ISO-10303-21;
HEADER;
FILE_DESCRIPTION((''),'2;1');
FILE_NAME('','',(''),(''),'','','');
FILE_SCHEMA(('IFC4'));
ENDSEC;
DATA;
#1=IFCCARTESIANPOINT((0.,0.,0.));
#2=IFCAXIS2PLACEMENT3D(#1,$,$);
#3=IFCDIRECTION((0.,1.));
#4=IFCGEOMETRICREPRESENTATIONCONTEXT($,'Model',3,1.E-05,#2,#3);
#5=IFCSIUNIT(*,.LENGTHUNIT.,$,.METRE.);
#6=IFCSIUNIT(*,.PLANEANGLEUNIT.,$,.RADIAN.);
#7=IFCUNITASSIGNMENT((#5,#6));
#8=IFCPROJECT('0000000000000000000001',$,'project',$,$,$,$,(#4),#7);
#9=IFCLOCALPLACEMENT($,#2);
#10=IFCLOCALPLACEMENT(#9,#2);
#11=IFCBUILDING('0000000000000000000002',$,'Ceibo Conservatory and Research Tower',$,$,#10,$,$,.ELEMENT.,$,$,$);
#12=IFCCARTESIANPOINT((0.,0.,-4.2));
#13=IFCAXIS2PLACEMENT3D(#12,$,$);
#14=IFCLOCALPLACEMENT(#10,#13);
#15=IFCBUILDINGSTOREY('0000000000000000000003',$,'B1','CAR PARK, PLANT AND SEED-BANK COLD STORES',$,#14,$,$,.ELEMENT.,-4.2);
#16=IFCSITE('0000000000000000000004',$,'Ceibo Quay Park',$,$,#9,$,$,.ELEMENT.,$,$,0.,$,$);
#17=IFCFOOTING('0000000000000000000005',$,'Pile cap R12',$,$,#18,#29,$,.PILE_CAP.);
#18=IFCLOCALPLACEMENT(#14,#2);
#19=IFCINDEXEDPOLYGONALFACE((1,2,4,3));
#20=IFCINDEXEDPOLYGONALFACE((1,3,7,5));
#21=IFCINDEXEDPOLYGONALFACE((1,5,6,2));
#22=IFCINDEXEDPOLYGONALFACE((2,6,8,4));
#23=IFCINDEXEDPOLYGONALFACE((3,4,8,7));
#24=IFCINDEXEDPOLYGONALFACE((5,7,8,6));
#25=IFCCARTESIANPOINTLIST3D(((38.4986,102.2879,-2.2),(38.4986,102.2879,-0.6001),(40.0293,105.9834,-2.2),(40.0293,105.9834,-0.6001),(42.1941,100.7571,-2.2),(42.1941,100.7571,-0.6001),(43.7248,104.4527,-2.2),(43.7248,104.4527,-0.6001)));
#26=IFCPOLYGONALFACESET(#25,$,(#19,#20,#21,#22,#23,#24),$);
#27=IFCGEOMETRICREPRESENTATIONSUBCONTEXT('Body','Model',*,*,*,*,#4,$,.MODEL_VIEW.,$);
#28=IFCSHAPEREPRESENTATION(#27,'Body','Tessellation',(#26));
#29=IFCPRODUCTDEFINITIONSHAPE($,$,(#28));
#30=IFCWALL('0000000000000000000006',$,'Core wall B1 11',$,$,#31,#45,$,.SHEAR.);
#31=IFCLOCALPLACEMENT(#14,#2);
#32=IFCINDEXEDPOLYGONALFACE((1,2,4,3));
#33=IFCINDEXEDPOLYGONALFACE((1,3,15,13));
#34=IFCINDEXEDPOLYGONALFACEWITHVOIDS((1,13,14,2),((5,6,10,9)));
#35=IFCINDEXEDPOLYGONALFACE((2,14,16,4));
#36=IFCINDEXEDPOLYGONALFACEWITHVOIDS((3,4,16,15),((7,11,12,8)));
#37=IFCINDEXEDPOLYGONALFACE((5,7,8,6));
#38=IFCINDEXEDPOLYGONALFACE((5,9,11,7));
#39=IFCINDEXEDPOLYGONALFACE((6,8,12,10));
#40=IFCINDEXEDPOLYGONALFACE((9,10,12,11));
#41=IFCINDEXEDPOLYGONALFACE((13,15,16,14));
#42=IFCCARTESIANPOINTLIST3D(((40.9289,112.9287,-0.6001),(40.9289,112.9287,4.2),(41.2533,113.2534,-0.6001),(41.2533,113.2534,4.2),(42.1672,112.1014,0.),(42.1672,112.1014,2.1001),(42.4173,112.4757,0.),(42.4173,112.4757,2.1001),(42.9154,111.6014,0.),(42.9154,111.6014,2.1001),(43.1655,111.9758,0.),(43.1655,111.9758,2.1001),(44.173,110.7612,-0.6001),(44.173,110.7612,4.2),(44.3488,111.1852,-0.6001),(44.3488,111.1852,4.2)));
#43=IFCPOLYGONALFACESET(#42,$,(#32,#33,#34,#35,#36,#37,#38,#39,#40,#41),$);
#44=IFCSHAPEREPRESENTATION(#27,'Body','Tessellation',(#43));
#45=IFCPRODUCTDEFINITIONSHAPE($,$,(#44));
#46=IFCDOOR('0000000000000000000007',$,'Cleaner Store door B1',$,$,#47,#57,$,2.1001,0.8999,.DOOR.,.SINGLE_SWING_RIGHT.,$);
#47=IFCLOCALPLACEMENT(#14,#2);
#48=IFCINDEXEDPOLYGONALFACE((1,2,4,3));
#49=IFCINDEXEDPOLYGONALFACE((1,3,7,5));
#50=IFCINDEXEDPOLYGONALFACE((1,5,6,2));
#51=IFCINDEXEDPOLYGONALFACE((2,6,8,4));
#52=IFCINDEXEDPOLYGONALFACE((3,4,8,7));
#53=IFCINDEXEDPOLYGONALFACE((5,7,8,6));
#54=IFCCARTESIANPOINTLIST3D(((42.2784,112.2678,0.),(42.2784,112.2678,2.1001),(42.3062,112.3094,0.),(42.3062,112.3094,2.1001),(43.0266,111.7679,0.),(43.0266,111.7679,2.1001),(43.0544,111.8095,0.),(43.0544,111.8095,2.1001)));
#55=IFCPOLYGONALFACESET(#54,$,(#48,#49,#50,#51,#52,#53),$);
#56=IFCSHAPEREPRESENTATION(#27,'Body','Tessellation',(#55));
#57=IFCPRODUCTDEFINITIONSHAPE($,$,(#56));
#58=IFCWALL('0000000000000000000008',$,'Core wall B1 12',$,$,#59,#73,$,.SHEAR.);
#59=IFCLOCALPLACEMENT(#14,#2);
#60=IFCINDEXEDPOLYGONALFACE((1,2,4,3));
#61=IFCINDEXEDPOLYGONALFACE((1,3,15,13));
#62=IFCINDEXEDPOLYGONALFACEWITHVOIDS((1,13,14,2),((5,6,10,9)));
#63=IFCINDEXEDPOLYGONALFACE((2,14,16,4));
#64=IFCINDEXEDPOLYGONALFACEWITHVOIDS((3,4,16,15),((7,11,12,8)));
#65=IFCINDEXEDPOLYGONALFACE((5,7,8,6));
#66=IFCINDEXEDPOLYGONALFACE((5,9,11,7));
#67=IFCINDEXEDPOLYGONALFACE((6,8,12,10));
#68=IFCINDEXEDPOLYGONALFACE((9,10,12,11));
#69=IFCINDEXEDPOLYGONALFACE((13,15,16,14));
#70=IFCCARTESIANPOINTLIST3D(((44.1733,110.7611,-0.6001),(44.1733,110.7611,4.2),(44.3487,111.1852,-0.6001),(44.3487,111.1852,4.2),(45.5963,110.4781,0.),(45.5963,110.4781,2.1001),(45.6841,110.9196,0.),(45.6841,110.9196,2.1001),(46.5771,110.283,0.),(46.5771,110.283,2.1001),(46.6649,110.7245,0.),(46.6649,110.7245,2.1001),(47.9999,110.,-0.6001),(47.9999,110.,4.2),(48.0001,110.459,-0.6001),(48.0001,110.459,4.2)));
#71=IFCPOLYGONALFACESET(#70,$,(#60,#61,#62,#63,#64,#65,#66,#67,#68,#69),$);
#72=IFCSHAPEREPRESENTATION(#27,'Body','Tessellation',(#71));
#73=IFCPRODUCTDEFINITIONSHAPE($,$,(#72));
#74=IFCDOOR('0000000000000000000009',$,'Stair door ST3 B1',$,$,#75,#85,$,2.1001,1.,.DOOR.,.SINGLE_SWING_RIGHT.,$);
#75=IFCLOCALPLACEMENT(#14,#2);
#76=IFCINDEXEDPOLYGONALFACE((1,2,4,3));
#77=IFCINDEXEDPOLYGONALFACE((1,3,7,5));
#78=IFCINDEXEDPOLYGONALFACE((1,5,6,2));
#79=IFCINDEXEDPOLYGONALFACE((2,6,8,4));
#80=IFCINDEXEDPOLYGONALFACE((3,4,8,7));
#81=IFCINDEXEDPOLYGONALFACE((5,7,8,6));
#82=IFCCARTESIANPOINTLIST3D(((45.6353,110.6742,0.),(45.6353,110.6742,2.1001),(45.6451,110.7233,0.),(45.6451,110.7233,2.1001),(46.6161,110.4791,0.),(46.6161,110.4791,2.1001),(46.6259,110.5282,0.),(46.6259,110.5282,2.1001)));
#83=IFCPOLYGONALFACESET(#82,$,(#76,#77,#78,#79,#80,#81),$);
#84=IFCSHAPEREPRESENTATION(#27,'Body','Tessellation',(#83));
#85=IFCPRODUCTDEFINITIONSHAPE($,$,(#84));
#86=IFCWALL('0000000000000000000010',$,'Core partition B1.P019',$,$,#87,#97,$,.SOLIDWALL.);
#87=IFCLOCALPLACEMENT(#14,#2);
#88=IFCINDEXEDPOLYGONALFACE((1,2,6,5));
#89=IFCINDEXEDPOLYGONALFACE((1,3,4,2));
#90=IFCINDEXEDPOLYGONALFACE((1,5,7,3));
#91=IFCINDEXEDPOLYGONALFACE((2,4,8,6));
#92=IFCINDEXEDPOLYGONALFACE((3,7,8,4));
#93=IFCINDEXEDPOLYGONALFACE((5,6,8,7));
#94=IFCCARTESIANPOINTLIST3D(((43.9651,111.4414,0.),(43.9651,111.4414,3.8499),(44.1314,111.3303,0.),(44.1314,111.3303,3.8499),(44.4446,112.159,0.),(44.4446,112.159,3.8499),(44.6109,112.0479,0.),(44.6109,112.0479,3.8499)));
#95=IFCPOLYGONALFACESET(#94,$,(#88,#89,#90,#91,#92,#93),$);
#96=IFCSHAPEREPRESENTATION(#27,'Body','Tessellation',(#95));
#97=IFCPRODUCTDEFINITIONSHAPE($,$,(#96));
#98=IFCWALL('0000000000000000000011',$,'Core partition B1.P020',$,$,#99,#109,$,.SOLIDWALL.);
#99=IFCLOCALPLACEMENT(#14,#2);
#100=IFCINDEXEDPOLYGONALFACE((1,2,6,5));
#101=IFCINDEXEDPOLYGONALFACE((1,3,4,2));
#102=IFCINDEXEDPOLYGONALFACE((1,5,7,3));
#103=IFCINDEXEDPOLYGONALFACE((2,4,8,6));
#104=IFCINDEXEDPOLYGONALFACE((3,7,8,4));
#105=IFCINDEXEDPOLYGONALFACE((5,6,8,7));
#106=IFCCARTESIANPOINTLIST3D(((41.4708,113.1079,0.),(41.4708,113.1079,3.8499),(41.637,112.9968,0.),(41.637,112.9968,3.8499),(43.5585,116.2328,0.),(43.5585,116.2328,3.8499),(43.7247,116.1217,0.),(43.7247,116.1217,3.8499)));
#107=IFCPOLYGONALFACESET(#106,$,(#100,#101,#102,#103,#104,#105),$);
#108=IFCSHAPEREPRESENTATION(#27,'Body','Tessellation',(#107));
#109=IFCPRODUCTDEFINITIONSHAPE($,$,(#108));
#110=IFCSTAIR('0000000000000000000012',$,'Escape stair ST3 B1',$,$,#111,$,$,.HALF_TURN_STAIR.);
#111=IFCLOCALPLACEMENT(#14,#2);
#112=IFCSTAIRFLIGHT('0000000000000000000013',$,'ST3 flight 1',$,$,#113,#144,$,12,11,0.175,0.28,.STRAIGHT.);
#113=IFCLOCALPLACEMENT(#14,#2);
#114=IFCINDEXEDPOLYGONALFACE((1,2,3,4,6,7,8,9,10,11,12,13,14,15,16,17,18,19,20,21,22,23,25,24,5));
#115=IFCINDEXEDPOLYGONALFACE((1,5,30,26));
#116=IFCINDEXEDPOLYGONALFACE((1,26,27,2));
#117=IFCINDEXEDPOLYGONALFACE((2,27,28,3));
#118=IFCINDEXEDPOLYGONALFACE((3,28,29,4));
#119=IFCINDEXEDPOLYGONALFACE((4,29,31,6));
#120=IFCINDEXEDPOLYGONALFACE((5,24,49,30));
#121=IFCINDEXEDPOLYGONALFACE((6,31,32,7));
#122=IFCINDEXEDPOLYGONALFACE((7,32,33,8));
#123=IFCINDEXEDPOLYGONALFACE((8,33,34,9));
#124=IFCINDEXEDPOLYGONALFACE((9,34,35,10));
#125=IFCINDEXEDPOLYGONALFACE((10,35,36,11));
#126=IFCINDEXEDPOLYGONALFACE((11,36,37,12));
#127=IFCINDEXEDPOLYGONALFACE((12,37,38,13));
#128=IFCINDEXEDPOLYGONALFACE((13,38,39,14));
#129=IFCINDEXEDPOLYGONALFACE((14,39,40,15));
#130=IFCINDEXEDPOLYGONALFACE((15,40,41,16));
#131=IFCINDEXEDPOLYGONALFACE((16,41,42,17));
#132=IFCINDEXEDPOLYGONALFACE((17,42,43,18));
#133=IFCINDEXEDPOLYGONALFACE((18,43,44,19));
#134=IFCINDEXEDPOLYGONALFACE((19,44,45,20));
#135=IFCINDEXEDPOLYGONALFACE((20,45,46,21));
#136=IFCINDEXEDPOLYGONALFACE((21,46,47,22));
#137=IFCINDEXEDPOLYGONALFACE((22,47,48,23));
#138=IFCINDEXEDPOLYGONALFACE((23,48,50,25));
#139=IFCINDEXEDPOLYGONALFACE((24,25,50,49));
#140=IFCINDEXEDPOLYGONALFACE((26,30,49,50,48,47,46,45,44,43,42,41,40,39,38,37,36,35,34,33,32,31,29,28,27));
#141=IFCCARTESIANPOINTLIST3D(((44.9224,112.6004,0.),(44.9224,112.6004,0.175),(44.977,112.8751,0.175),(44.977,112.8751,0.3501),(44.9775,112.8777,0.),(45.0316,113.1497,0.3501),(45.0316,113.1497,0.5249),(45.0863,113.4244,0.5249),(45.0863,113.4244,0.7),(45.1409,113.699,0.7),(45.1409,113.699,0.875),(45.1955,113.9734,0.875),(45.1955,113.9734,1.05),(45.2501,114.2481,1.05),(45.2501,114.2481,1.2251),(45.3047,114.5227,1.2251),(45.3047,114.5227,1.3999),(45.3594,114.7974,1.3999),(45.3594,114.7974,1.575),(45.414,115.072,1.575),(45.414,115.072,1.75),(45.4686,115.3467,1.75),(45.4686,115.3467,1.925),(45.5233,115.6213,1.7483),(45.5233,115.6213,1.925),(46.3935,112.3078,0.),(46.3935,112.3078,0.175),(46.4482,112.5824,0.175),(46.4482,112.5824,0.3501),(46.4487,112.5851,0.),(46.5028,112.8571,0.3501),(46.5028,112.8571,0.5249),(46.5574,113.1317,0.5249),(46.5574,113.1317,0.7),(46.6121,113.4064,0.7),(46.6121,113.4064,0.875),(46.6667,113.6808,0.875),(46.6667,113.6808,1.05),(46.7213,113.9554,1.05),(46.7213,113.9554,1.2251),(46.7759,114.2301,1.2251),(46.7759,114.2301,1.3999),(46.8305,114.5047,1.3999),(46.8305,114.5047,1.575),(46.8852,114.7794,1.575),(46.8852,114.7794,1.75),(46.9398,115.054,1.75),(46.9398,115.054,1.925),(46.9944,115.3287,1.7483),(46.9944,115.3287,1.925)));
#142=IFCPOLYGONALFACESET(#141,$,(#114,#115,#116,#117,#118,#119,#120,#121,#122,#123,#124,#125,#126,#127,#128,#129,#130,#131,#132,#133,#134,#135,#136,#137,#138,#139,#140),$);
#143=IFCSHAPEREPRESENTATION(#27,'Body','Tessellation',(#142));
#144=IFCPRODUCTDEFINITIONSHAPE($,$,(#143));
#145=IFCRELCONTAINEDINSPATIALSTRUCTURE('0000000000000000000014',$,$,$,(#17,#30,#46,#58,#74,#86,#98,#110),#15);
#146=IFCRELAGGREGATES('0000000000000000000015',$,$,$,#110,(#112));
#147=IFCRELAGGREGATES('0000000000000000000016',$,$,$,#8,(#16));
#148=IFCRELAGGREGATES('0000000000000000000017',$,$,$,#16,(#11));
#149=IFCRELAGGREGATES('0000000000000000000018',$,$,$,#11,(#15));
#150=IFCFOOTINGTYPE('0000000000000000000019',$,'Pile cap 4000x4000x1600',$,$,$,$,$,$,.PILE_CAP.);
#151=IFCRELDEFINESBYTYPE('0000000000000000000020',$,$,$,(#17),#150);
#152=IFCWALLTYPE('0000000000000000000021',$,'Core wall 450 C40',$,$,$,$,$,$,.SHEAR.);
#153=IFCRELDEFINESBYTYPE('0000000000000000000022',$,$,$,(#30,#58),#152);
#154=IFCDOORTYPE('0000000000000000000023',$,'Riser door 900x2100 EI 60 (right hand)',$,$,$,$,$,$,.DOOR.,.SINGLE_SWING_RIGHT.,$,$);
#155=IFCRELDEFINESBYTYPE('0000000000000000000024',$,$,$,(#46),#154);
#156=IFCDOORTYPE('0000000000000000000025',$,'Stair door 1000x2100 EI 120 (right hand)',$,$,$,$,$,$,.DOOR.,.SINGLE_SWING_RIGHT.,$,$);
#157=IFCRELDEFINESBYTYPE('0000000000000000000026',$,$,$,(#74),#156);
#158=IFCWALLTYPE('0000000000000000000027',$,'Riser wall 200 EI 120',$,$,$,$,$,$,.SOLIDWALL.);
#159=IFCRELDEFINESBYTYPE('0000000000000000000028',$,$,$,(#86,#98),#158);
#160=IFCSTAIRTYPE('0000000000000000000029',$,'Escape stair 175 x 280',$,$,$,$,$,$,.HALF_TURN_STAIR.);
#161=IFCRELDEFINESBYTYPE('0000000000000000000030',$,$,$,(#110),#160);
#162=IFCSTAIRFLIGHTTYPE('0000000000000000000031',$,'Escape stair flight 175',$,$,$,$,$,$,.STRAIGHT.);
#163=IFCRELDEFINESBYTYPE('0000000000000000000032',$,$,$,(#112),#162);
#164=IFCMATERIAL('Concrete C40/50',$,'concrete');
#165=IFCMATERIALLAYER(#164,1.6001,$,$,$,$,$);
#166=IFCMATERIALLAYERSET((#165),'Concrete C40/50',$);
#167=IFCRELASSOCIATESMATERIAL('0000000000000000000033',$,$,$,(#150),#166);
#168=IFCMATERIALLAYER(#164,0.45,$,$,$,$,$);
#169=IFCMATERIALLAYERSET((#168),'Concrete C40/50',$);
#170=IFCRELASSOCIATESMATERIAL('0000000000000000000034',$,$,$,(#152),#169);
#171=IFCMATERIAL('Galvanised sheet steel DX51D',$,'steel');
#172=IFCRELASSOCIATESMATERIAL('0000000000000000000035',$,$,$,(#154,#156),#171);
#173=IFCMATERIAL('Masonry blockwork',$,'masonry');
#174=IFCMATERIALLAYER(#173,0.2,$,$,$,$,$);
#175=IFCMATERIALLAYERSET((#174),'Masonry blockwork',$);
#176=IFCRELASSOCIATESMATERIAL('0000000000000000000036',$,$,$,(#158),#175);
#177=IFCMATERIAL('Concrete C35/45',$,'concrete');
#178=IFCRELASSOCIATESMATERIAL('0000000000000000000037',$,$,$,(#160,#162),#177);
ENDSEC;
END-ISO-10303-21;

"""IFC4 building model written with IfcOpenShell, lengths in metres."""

from ifc_helpers import new_model, si_unit, direction, frame, frame_2d, origin, place, context, subcontext, project, spatial, polyline, rectangle, outline, extrude, material, layer, layer_set, type_object, element, fill, aggregate, save


model = new_model("IFC4")

# Units and contexts
model_context = context("Model", 3, precision=1e-05, world=origin(), true_north=direction((0.0, 1.0)))
body_context = subcontext(model_context, "Body", "Model", "MODEL_VIEW")
ifc_project = project(units=[si_unit("LENGTHUNIT", "METRE"), si_unit("PLANEANGLEUNIT", "RADIAN")], contexts=[model_context])

# Site, building, storey
site_placement = place(None, origin())
site = spatial("IfcSite", under=ifc_project, at=site_placement, Name="Ceibo Quay Park", CompositionType="ELEMENT", RefElevation=0.0)
building_placement = place(site_placement, origin())
building = spatial("IfcBuilding", under=site, at=building_placement, Name="Ceibo Conservatory and Research Tower", CompositionType="ELEMENT")
storey_placement = place(building_placement, frame((0.0, 0.0, -4.2)))
storey = spatial("IfcBuildingStorey", under=building, at=storey_placement, Name="B1", Description="CAR PARK, PLANT AND SEED-BANK COLD STORES", CompositionType="ELEMENT", Elevation=-4.2)

# Shared definitions
ifc_material_1 = material(Name="Concrete C35/45", Category="concrete")

# Footing
ifc_material_2 = material(Name="Concrete C40/50", Category="concrete")
ifc_layer_1 = layer(ifc_material_2, 1.6001)
ifc_layer_set_1 = layer_set([ifc_layer_1], Name="Concrete C40/50")
footing_type = type_object("IfcFootingType", Name="Pile cap 4000x4000x1600", PredefinedType="PILE_CAP", material=ifc_layer_set_1)
footing_placement = place(storey_placement, frame((40.0293, 105.9834, -2.2), z_axis=(0.0, 0.0, 1.0), x_axis=(-0.382684, -0.92388, 0.0)))
element("IfcFooting", 1, at=footing_placement, inside=storey, type_object=footing_type, Name="Pile cap R12", PredefinedType="PILE_CAP", context=body_context, shape_type="SweptSolid", body=[
    extrude(outline(polyline([(0.0, 0.0), (4.0, 0.0), (4.0, 4.0), (0.0, 4.0), (0.0, 0.0)])), origin(), (0.0, 0.0, 1.0), 1.5999),
])

# Walls, openings, doors
ifc_layer_2 = layer(ifc_material_2, 0.45)
ifc_layer_set_2 = layer_set([ifc_layer_2], Name="Concrete C40/50")
wall_type_1 = type_object("IfcWallType", Name="Core wall 450 C40", PredefinedType="SHEAR", material=ifc_layer_set_2)
wall_1_placement = place(storey_placement, frame((41.0911, 113.0911, -0.6001), z_axis=(0.0, 0.0, 1.0), x_axis=(0.831488, -0.555542, 0.0)))
wall_1 = element("IfcWall", 2, at=wall_1_placement, inside=storey, type_object=wall_type_1, Name="Core wall B1 11", PredefinedType="SHEAR", context=body_context, shape_type="SweptSolid", body=[
    extrude(outline(polyline([(-0.0447, -0.2251), (3.8569, -0.2251), (3.7676, 0.2251), (0.0447, 0.2251), (-0.0447, -0.2251)])), origin(), (0.0, 0.0, 1.0), 4.8),
])
opening_1_placement = place(wall_1_placement, frame((1.4446, 0.0, 0.6001)))
opening_1 = element("IfcOpeningElement", 3, at=opening_1_placement, cuts=wall_1, PredefinedType="OPENING", context=body_context, shape_type="SweptSolid", body=[
    extrude(rectangle(XDim=0.8999, YDim=2.1001, at=frame_2d((0.45, 1.05))), frame((0.0, 0.2349, 0.0), z_axis=(0.0, -1.0, 0.0), x_axis=(1.0, 0.0, 0.0)), (0.0, 0.0, 1.0), 0.47),
])
ifc_material_3 = material(Name="Galvanised sheet steel DX51D", Category="steel")
door_type_1 = type_object("IfcDoorType", Name="Riser door 900x2100 EI 60 (right hand)", OperationType="SINGLE_SWING_RIGHT", PredefinedType="DOOR", material=ifc_material_3)
door_1_placement = place(opening_1_placement, frame((0.8999, 0.0, 0.0), z_axis=(0.0, 0.0, 1.0), x_axis=(-1.0, 0.0, 0.0)))
door_1 = element("IfcDoor", 4, at=door_1_placement, inside=storey, type_object=door_type_1, Name="Cleaner Store door B1", OperationType="SINGLE_SWING_RIGHT", OverallHeight=2.1001, OverallWidth=0.8999, PredefinedType="DOOR", context=body_context, shape_type="SweptSolid", body=[
    extrude(rectangle(XDim=0.8999, YDim=2.1001, at=frame_2d((0.45, 1.05))), frame((0.0, 0.0249, 0.0), z_axis=(0.0, -1.0, 0.0), x_axis=(1.0, 0.0, 0.0)), (0.0, 0.0, 1.0), 0.05),
])
fill(opening_1, door_1)
wall_2_placement = place(storey_placement, frame((44.261, 110.9731, -0.6001), z_axis=(0.0, 0.0, 1.0), x_axis=(0.980789, -0.195069, 0.0)))
wall_2 = element("IfcWall", 5, at=wall_2_placement, inside=storey, type_object=wall_type_1, Name="Core wall B1 12", PredefinedType="SHEAR", context=body_context, shape_type="SweptSolid", body=[
    extrude(outline(polyline([(-0.0447, -0.2251), (3.8569, -0.2251), (3.7676, 0.2251), (0.0447, 0.2251), (-0.0447, -0.2251)])), origin(), (0.0, 0.0, 1.0), 4.8),
])
opening_2_placement = place(wall_2_placement, frame((1.4062, 0.0, 0.6001)))
opening_2 = element("IfcOpeningElement", 6, at=opening_2_placement, cuts=wall_2, PredefinedType="OPENING", context=body_context, shape_type="SweptSolid", body=[
    extrude(rectangle(XDim=1.0, YDim=2.1001, at=frame_2d((0.5, 1.05))), frame((0.0, 0.2349, 0.0), z_axis=(0.0, -1.0, 0.0), x_axis=(1.0, 0.0, 0.0)), (0.0, 0.0, 1.0), 0.47),
])
door_type_2 = type_object("IfcDoorType", Name="Stair door 1000x2100 EI 120 (right hand)", OperationType="SINGLE_SWING_RIGHT", PredefinedType="DOOR", material=ifc_material_3)
door_2_placement = place(opening_2_placement, origin())
door_2 = element("IfcDoor", 7, at=door_2_placement, inside=storey, type_object=door_type_2, Name="Stair door ST3 B1", OperationType="SINGLE_SWING_RIGHT", OverallHeight=2.1001, OverallWidth=1.0, PredefinedType="DOOR", context=body_context, shape_type="SweptSolid", body=[
    extrude(rectangle(XDim=1.0, YDim=2.1001, at=frame_2d((0.5, 1.05))), frame((0.0, 0.0249, 0.0), z_axis=(0.0, -1.0, 0.0), x_axis=(1.0, 0.0, 0.0)), (0.0, 0.0, 1.0), 0.05),
])
fill(opening_2, door_2)

# Walls
ifc_material_4 = material(Name="Masonry blockwork", Category="masonry")
ifc_layer_3 = layer(ifc_material_4, 0.2)
ifc_layer_set_3 = layer_set([ifc_layer_3], Name="Masonry blockwork")
wall_type_2 = type_object("IfcWallType", Name="Riser wall 200 EI 120", PredefinedType="SOLIDWALL", material=ifc_layer_set_3)
wall_3_placement = place(storey_placement, frame((44.5278, 112.1035, 0.0), z_axis=(0.0, 0.0, 1.0), x_axis=(-0.555614, -0.83144, 0.0)))
element("IfcWall", 8, at=wall_3_placement, inside=storey, type_object=wall_type_2, Name="Core partition B1.P019", PredefinedType="SOLIDWALL", context=body_context, shape_type="SweptSolid", body=[
    extrude(rectangle(XDim=0.863, YDim=0.2, at=frame_2d((0.4316, 0.0))), origin(), (0.0, 0.0, 1.0), 3.8499),
])
wall_4_placement = place(storey_placement, frame((41.554, 113.0525, 0.0), z_axis=(0.0, 0.0, 1.0), x_axis=(0.555524, 0.8315, 0.0)))
element("IfcWall", 9, at=wall_4_placement, inside=storey, type_object=wall_type_2, Name="Core partition B1.P020", PredefinedType="SOLIDWALL", context=body_context, shape_type="SweptSolid", body=[
    extrude(rectangle(XDim=3.7581, YDim=0.2, at=frame_2d((1.8789, 0.0))), origin(), (0.0, 0.0, 1.0), 3.8499),
])

# Stair, stair flight
stair_type = type_object("IfcStairType", Name="Escape stair 175 x 280", PredefinedType="HALF_TURN_STAIR", material=ifc_material_1)
stair_placement = place(storey_placement, origin())
stair = element("IfcStair", 10, at=stair_placement, inside=storey, type_object=stair_type, Name="Escape stair ST3 B1", PredefinedType="HALF_TURN_STAIR")
stair_flight_type = type_object("IfcStairFlightType", Name="Escape stair flight 175", PredefinedType="STRAIGHT", material=ifc_material_1)
stair_flight_placement = place(storey_placement, frame((45.658, 112.4541, 0.0), z_axis=(0.0, 0.0, 1.0), x_axis=(0.19509, 0.980785, 0.0)))
stair_flight = element("IfcStairFlight", 11, at=stair_flight_placement, type_object=stair_flight_type, Name="ST3 flight 1", NumberOfRisers=12, NumberOfTreads=11, PredefinedType="STRAIGHT", RiserHeight=0.175, TreadLength=0.28, context=body_context, shape_type="SweptSolid", body=[
    extrude(outline(polyline([(0.0, 0.0), (0.0, 0.175), (0.28, 0.175), (0.28, 0.3501), (0.5601, 0.3501), (0.5601, 0.5249), (0.8401, 0.5249), (0.8401, 0.7), (1.1201, 0.7), (1.1201, 0.875), (1.3999, 0.875), (1.3999, 1.05), (1.6799, 1.05), (1.6799, 1.2251), (1.96, 1.2251), (1.96, 1.3999), (2.24, 1.3999), (2.24, 1.575), (2.52, 1.575), (2.52, 1.75), (2.8, 1.75), (2.8, 1.925), (3.0801, 1.925), (3.0801, 2.1001), (3.0801, 1.7483), (0.2827, 0.0), (0.0, 0.0)])), frame((0.0, 0.75, 0.0), z_axis=(0.0, -1.0, 0.0), x_axis=(1.0, 0.0, 0.0)), (0.0, 0.0, 1.0), 1.5),
])
aggregate(stair, [stair_flight])

save(model, "model.ifc")
